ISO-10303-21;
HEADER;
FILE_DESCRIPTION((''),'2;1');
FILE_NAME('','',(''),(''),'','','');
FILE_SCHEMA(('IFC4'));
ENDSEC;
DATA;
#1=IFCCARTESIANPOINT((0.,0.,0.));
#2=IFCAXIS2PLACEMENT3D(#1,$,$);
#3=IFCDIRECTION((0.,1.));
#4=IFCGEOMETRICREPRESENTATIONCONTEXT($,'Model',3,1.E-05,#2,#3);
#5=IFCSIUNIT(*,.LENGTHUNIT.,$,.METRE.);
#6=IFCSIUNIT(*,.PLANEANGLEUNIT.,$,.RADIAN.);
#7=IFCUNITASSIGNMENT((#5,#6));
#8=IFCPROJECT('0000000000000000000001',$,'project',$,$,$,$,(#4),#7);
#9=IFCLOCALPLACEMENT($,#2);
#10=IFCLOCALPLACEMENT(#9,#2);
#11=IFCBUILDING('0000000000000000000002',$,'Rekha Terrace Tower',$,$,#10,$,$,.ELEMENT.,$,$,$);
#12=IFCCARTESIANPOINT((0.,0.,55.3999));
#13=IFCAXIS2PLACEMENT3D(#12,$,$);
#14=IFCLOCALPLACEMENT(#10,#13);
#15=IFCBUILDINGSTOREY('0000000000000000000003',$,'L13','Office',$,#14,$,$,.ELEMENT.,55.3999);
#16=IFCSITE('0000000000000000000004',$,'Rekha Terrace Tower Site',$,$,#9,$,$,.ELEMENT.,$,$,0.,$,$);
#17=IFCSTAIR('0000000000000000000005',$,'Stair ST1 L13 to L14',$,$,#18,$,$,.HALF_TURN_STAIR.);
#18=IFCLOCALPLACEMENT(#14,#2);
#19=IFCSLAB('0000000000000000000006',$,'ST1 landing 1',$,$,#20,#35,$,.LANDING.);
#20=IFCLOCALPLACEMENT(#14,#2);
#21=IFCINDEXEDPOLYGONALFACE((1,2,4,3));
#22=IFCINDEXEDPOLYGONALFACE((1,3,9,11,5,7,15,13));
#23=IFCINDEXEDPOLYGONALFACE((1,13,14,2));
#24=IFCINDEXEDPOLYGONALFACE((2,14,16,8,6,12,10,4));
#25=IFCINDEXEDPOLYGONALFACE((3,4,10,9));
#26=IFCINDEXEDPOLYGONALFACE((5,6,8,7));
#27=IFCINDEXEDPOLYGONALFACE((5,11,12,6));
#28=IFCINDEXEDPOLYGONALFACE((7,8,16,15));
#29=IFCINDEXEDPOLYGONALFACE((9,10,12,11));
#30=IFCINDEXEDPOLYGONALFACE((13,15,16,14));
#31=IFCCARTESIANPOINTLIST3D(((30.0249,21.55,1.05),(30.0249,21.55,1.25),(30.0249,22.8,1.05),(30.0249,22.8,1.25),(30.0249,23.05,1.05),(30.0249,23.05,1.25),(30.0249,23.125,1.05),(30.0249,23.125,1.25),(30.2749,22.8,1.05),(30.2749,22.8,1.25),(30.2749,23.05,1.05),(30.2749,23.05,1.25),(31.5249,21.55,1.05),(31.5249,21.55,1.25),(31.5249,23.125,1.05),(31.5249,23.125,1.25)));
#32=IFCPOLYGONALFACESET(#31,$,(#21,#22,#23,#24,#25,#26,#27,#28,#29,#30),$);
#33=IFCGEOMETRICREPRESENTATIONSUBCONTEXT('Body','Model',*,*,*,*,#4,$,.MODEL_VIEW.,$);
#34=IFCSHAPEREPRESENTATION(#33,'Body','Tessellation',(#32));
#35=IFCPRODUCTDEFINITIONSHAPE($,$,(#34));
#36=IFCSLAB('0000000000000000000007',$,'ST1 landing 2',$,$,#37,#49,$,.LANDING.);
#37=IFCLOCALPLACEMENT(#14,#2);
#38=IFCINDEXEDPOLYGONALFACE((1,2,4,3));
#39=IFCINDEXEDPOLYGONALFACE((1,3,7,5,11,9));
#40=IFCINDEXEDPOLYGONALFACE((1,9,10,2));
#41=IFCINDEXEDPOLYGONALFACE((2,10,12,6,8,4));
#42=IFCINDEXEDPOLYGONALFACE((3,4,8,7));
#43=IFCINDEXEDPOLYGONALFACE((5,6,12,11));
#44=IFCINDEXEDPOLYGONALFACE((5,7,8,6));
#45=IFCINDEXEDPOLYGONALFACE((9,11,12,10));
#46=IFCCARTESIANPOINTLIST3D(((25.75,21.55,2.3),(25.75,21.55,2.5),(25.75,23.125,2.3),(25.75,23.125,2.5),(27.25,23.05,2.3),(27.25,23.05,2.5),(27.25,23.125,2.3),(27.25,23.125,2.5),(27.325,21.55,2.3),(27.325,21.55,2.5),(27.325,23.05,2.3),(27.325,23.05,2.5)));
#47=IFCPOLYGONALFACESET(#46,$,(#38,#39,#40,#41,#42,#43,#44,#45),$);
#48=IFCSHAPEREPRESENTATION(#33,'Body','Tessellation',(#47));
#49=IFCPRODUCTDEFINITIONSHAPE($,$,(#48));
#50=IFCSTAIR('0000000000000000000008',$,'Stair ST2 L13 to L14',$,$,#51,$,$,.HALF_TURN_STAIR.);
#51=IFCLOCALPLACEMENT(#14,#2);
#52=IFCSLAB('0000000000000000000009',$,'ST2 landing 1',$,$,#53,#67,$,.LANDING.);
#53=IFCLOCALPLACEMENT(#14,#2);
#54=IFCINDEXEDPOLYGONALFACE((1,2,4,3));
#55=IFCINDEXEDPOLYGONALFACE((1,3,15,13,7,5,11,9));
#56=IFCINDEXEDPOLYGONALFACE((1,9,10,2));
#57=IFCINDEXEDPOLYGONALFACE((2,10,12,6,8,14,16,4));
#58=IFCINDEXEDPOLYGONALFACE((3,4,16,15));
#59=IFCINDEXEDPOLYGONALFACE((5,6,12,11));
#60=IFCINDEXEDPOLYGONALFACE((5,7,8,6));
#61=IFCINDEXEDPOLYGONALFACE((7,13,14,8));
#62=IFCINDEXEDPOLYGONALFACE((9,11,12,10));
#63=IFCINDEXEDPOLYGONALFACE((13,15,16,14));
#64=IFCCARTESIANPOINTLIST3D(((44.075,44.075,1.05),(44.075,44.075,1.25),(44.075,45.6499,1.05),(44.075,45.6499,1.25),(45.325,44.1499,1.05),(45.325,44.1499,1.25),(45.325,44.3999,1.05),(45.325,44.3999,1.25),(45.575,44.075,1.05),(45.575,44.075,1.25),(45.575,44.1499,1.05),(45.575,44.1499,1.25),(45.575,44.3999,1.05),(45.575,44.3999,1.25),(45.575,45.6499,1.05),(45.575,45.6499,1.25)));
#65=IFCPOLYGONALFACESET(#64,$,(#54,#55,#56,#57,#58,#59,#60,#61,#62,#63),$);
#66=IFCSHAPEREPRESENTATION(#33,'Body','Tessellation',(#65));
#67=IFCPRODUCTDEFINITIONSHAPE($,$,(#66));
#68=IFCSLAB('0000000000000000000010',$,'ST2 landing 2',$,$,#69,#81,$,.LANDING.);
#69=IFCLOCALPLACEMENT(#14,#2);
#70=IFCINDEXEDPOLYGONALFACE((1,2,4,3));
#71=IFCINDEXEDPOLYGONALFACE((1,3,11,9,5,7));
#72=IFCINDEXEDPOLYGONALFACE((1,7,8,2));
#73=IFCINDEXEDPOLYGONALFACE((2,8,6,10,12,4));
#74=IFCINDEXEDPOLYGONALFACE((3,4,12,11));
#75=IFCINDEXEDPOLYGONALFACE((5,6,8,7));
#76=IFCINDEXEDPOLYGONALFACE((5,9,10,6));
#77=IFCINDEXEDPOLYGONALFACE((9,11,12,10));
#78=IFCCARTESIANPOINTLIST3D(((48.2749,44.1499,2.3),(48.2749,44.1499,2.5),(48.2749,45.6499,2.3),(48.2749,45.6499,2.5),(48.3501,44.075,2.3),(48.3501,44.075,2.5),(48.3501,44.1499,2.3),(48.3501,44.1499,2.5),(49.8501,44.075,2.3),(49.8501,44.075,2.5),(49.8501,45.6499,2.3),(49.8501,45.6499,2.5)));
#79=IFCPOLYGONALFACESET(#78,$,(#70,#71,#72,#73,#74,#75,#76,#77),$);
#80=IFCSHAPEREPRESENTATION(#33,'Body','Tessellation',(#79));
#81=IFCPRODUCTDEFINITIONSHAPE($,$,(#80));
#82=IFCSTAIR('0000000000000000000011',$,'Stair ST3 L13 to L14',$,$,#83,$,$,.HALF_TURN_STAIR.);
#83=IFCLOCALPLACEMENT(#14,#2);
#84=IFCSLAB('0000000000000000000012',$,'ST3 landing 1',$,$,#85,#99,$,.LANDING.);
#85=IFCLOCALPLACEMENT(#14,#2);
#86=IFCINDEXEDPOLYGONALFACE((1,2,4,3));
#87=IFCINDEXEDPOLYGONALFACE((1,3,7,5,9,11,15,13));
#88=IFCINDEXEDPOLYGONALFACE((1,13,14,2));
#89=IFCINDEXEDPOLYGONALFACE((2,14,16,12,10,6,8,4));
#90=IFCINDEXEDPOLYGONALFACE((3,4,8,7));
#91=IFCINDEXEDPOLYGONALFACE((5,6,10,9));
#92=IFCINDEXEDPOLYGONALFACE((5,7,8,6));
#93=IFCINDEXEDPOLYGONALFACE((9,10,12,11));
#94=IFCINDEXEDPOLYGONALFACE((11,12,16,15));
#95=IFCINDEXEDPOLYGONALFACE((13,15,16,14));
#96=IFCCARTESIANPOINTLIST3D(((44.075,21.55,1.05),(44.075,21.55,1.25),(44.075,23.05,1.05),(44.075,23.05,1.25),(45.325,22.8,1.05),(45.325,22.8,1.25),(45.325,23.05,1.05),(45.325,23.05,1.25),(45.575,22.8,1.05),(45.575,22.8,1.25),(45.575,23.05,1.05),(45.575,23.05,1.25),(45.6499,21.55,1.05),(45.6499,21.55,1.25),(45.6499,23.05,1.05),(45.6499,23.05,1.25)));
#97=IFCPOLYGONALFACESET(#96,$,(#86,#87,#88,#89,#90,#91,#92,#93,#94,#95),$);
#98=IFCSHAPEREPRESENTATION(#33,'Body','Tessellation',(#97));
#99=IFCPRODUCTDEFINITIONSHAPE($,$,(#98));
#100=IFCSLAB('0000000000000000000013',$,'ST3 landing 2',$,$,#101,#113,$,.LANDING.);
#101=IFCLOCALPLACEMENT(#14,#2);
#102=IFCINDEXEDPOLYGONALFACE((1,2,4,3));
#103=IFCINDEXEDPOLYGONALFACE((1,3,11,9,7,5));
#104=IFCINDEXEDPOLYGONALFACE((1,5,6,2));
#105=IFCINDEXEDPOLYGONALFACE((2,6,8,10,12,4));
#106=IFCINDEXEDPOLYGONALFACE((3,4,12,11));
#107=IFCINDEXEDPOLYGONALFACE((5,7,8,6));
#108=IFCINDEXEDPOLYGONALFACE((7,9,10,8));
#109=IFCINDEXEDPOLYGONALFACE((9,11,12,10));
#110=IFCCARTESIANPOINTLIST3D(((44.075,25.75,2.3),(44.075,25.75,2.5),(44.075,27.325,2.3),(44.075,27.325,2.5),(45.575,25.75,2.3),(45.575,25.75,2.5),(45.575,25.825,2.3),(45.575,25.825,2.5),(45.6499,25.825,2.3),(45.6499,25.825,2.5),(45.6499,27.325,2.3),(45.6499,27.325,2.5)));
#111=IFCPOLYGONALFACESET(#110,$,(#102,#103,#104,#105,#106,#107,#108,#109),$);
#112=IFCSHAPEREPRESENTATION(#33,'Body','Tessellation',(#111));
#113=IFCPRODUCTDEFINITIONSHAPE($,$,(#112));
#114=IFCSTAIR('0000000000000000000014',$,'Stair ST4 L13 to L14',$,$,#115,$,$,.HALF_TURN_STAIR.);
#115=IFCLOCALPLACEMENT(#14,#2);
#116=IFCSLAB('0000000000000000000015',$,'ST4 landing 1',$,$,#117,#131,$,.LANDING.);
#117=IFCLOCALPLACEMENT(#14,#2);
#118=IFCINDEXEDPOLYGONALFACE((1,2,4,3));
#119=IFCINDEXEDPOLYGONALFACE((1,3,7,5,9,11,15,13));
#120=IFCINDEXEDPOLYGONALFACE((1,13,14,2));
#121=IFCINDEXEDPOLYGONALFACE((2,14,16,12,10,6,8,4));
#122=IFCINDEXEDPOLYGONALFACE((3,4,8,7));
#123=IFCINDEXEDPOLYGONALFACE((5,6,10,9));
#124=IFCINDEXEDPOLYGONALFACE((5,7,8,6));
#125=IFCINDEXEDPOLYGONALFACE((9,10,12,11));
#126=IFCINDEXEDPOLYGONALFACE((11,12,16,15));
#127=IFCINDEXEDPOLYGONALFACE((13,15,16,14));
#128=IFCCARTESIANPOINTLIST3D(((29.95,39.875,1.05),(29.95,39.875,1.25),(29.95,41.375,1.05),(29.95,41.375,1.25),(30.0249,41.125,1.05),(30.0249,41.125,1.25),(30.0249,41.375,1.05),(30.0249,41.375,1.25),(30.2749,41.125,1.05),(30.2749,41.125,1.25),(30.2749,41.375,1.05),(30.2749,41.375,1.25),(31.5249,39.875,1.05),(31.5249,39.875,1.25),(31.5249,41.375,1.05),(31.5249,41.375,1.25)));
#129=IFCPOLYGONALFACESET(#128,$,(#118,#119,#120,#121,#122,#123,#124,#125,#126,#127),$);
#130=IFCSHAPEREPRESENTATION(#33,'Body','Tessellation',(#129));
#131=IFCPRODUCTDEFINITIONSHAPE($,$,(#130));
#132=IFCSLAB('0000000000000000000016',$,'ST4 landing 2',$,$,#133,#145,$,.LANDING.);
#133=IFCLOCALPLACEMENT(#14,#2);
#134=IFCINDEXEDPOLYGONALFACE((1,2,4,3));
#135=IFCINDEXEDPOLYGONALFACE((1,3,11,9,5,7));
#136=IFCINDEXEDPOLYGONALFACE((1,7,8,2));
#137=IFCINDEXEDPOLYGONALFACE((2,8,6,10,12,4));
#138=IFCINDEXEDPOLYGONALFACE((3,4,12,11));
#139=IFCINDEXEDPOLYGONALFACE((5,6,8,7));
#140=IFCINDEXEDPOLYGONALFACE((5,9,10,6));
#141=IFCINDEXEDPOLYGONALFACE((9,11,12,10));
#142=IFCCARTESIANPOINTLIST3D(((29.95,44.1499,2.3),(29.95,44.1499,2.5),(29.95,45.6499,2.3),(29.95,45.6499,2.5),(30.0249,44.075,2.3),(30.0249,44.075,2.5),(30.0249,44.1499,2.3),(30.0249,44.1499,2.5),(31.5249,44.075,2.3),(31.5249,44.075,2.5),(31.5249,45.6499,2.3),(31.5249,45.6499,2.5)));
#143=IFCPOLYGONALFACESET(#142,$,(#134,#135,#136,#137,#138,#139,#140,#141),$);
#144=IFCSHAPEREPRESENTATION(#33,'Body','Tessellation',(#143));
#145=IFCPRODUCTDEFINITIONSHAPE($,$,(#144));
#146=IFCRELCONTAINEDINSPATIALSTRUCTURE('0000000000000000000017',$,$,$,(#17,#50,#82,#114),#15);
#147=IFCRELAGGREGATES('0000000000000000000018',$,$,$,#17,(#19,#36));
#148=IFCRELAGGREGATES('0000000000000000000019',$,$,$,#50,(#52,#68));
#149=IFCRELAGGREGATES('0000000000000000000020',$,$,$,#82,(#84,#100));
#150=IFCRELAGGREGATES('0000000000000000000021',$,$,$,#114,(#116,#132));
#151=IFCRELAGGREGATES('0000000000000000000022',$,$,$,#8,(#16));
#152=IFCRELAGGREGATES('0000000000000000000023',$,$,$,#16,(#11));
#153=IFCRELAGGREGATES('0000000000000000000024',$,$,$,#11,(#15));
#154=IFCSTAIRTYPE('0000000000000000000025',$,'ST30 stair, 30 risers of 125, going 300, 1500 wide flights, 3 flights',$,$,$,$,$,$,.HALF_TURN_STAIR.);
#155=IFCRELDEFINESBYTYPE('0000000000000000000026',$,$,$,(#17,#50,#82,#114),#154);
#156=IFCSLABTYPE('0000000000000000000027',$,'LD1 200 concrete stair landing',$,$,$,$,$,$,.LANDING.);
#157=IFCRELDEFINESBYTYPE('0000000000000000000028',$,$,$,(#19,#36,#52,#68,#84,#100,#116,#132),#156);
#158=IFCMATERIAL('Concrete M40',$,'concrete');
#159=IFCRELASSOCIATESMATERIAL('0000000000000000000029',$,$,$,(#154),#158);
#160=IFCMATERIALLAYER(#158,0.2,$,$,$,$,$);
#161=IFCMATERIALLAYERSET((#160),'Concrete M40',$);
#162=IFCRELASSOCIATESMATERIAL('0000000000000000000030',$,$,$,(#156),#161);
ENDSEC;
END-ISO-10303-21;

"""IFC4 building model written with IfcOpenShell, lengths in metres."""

from ifc_helpers import new_model, si_unit, direction, frame, origin, place, context, subcontext, project, spatial, polyline, outline, extrude, material, layer, layer_set, type_object, element, aggregate, save


model = new_model("IFC4")

# Units and contexts
model_context = context("Model", 3, precision=1e-05, world=origin(), true_north=direction((0.0, 1.0)))
body_context = subcontext(model_context, "Body", "Model", "MODEL_VIEW")
ifc_project = project(units=[si_unit("LENGTHUNIT", "METRE"), si_unit("PLANEANGLEUNIT", "RADIAN")], contexts=[model_context])

# Site, building, storey
site_placement = place(None, origin())
site = spatial("IfcSite", under=ifc_project, at=site_placement, Name="Rekha Terrace Tower Site", CompositionType="ELEMENT", RefElevation=0.0)
building_placement = place(site_placement, origin())
building = spatial("IfcBuilding", under=site, at=building_placement, Name="Rekha Terrace Tower", CompositionType="ELEMENT")
storey_placement = place(building_placement, frame((0.0, 0.0, 55.3999)))
storey = spatial("IfcBuildingStorey", under=building, at=storey_placement, Name="L13", Description="Office", CompositionType="ELEMENT", Elevation=55.3999)

# Stairs, slabs
ifc_material_1 = material(Name="Concrete M40", Category="concrete")
stair_type = type_object("IfcStairType", Name="ST30 stair, 30 risers of 125, going 300, 1500 wide flights, 3 flights", PredefinedType="HALF_TURN_STAIR", material=ifc_material_1)
stair_1_placement = place(storey_placement, origin())
stair_1 = element("IfcStair", 1, at=stair_1_placement, inside=storey, type_object=stair_type, Name="Stair ST1 L13 to L14", PredefinedType="HALF_TURN_STAIR")
ifc_layer_1 = layer(ifc_material_1, 0.2)
ifc_layer_set_1 = layer_set([ifc_layer_1], Name="Concrete M40")
slab_type_1 = type_object("IfcSlabType", Name="LD1 200 concrete stair landing", PredefinedType="LANDING", material=ifc_layer_set_1)
slab_1_placement = place(storey_placement, frame((0.0, 0.0, 1.05)))
slab_1 = element("IfcSlab", 2, at=slab_1_placement, type_object=slab_type_1, Name="ST1 landing 1", PredefinedType="LANDING", context=body_context, shape_type="SweptSolid", body=[
    extrude(outline(polyline([(30.0249, 21.55), (31.5249, 21.55), (31.5249, 23.125), (30.0249, 23.125), (30.0249, 23.05), (30.2749, 23.05), (30.2749, 22.8), (30.0249, 22.8), (30.0249, 21.55)])), origin(), (0.0, 0.0, 1.0), 0.2),
])
slab_2_placement = place(storey_placement, frame((0.0, 0.0, 2.3)))
slab_2 = element("IfcSlab", 3, at=slab_2_placement, type_object=slab_type_1, Name="ST1 landing 2", PredefinedType="LANDING", context=body_context, shape_type="SweptSolid", body=[
    extrude(outline(polyline([(27.25, 23.125), (25.75, 23.125), (25.75, 21.55), (27.325, 21.55), (27.325, 23.05), (27.25, 23.05), (27.25, 23.125)])), origin(), (0.0, 0.0, 1.0), 0.2),
])
aggregate(stair_1, [slab_1, slab_2])
stair_2_placement = place(storey_placement, origin())
stair_2 = element("IfcStair", 4, at=stair_2_placement, inside=storey, type_object=stair_type, Name="Stair ST2 L13 to L14", PredefinedType="HALF_TURN_STAIR")
slab_3_placement = place(storey_placement, frame((0.0, 0.0, 1.05)))
slab_3 = element("IfcSlab", 5, at=slab_3_placement, type_object=slab_type_1, Name="ST2 landing 1", PredefinedType="LANDING", context=body_context, shape_type="SweptSolid", body=[
    extrude(outline(polyline([(45.575, 45.6499), (44.075, 45.6499), (44.075, 44.075), (45.575, 44.075), (45.575, 44.1499), (45.325, 44.1499), (45.325, 44.3999), (45.575, 44.3999), (45.575, 45.6499)])), origin(), (0.0, 0.0, 1.0), 0.2),
])
slab_4_placement = place(storey_placement, frame((0.0, 0.0, 2.3)))
slab_4 = element("IfcSlab", 6, at=slab_4_placement, type_object=slab_type_1, Name="ST2 landing 2", PredefinedType="LANDING", context=body_context, shape_type="SweptSolid", body=[
    extrude(outline(polyline([(48.3501, 44.075), (49.8501, 44.075), (49.8501, 45.6499), (48.2749, 45.6499), (48.2749, 44.1499), (48.3501, 44.1499), (48.3501, 44.075)])), origin(), (0.0, 0.0, 1.0), 0.2),
])
aggregate(stair_2, [slab_3, slab_4])
stair_3_placement = place(storey_placement, origin())
stair_3 = element("IfcStair", 7, at=stair_3_placement, inside=storey, type_object=stair_type, Name="Stair ST3 L13 to L14", PredefinedType="HALF_TURN_STAIR")
slab_5_placement = place(storey_placement, frame((0.0, 0.0, 1.05)))
slab_5 = element("IfcSlab", 8, at=slab_5_placement, type_object=slab_type_1, Name="ST3 landing 1", PredefinedType="LANDING", context=body_context, shape_type="SweptSolid", body=[
    extrude(outline(polyline([(44.075, 23.05), (44.075, 21.55), (45.6499, 21.55), (45.6499, 23.05), (45.575, 23.05), (45.575, 22.8), (45.325, 22.8), (45.325, 23.05), (44.075, 23.05)])), origin(), (0.0, 0.0, 1.0), 0.2),
])
slab_6_placement = place(storey_placement, frame((0.0, 0.0, 2.3)))
slab_6 = element("IfcSlab", 9, at=slab_6_placement, type_object=slab_type_1, Name="ST3 landing 2", PredefinedType="LANDING", context=body_context, shape_type="SweptSolid", body=[
    extrude(outline(polyline([(45.6499, 25.825), (45.6499, 27.325), (44.075, 27.325), (44.075, 25.75), (45.575, 25.75), (45.575, 25.825), (45.6499, 25.825)])), origin(), (0.0, 0.0, 1.0), 0.2),
])
aggregate(stair_3, [slab_5, slab_6])
stair_4_placement = place(storey_placement, origin())
stair_4 = element("IfcStair", 10, at=stair_4_placement, inside=storey, type_object=stair_type, Name="Stair ST4 L13 to L14", PredefinedType="HALF_TURN_STAIR")
slab_7_placement = place(storey_placement, frame((0.0, 0.0, 1.05)))
slab_7 = element("IfcSlab", 11, at=slab_7_placement, type_object=slab_type_1, Name="ST4 landing 1", PredefinedType="LANDING", context=body_context, shape_type="SweptSolid", body=[
    extrude(outline(polyline([(31.5249, 41.375), (31.5249, 39.875), (29.95, 39.875), (29.95, 41.375), (30.0249, 41.375), (30.0249, 41.125), (30.2749, 41.125), (30.2749, 41.375), (31.5249, 41.375)])), origin(), (0.0, 0.0, 1.0), 0.2),
])
slab_8_placement = place(storey_placement, frame((0.0, 0.0, 2.3)))
slab_8 = element("IfcSlab", 12, at=slab_8_placement, type_object=slab_type_1, Name="ST4 landing 2", PredefinedType="LANDING", context=body_context, shape_type="SweptSolid", body=[
    extrude(outline(polyline([(29.95, 44.1499), (29.95, 45.6499), (31.5249, 45.6499), (31.5249, 44.075), (30.0249, 44.075), (30.0249, 44.1499), (29.95, 44.1499)])), origin(), (0.0, 0.0, 1.0), 0.2),
])
aggregate(stair_4, [slab_7, slab_8])

save(model, "model.ifc")
